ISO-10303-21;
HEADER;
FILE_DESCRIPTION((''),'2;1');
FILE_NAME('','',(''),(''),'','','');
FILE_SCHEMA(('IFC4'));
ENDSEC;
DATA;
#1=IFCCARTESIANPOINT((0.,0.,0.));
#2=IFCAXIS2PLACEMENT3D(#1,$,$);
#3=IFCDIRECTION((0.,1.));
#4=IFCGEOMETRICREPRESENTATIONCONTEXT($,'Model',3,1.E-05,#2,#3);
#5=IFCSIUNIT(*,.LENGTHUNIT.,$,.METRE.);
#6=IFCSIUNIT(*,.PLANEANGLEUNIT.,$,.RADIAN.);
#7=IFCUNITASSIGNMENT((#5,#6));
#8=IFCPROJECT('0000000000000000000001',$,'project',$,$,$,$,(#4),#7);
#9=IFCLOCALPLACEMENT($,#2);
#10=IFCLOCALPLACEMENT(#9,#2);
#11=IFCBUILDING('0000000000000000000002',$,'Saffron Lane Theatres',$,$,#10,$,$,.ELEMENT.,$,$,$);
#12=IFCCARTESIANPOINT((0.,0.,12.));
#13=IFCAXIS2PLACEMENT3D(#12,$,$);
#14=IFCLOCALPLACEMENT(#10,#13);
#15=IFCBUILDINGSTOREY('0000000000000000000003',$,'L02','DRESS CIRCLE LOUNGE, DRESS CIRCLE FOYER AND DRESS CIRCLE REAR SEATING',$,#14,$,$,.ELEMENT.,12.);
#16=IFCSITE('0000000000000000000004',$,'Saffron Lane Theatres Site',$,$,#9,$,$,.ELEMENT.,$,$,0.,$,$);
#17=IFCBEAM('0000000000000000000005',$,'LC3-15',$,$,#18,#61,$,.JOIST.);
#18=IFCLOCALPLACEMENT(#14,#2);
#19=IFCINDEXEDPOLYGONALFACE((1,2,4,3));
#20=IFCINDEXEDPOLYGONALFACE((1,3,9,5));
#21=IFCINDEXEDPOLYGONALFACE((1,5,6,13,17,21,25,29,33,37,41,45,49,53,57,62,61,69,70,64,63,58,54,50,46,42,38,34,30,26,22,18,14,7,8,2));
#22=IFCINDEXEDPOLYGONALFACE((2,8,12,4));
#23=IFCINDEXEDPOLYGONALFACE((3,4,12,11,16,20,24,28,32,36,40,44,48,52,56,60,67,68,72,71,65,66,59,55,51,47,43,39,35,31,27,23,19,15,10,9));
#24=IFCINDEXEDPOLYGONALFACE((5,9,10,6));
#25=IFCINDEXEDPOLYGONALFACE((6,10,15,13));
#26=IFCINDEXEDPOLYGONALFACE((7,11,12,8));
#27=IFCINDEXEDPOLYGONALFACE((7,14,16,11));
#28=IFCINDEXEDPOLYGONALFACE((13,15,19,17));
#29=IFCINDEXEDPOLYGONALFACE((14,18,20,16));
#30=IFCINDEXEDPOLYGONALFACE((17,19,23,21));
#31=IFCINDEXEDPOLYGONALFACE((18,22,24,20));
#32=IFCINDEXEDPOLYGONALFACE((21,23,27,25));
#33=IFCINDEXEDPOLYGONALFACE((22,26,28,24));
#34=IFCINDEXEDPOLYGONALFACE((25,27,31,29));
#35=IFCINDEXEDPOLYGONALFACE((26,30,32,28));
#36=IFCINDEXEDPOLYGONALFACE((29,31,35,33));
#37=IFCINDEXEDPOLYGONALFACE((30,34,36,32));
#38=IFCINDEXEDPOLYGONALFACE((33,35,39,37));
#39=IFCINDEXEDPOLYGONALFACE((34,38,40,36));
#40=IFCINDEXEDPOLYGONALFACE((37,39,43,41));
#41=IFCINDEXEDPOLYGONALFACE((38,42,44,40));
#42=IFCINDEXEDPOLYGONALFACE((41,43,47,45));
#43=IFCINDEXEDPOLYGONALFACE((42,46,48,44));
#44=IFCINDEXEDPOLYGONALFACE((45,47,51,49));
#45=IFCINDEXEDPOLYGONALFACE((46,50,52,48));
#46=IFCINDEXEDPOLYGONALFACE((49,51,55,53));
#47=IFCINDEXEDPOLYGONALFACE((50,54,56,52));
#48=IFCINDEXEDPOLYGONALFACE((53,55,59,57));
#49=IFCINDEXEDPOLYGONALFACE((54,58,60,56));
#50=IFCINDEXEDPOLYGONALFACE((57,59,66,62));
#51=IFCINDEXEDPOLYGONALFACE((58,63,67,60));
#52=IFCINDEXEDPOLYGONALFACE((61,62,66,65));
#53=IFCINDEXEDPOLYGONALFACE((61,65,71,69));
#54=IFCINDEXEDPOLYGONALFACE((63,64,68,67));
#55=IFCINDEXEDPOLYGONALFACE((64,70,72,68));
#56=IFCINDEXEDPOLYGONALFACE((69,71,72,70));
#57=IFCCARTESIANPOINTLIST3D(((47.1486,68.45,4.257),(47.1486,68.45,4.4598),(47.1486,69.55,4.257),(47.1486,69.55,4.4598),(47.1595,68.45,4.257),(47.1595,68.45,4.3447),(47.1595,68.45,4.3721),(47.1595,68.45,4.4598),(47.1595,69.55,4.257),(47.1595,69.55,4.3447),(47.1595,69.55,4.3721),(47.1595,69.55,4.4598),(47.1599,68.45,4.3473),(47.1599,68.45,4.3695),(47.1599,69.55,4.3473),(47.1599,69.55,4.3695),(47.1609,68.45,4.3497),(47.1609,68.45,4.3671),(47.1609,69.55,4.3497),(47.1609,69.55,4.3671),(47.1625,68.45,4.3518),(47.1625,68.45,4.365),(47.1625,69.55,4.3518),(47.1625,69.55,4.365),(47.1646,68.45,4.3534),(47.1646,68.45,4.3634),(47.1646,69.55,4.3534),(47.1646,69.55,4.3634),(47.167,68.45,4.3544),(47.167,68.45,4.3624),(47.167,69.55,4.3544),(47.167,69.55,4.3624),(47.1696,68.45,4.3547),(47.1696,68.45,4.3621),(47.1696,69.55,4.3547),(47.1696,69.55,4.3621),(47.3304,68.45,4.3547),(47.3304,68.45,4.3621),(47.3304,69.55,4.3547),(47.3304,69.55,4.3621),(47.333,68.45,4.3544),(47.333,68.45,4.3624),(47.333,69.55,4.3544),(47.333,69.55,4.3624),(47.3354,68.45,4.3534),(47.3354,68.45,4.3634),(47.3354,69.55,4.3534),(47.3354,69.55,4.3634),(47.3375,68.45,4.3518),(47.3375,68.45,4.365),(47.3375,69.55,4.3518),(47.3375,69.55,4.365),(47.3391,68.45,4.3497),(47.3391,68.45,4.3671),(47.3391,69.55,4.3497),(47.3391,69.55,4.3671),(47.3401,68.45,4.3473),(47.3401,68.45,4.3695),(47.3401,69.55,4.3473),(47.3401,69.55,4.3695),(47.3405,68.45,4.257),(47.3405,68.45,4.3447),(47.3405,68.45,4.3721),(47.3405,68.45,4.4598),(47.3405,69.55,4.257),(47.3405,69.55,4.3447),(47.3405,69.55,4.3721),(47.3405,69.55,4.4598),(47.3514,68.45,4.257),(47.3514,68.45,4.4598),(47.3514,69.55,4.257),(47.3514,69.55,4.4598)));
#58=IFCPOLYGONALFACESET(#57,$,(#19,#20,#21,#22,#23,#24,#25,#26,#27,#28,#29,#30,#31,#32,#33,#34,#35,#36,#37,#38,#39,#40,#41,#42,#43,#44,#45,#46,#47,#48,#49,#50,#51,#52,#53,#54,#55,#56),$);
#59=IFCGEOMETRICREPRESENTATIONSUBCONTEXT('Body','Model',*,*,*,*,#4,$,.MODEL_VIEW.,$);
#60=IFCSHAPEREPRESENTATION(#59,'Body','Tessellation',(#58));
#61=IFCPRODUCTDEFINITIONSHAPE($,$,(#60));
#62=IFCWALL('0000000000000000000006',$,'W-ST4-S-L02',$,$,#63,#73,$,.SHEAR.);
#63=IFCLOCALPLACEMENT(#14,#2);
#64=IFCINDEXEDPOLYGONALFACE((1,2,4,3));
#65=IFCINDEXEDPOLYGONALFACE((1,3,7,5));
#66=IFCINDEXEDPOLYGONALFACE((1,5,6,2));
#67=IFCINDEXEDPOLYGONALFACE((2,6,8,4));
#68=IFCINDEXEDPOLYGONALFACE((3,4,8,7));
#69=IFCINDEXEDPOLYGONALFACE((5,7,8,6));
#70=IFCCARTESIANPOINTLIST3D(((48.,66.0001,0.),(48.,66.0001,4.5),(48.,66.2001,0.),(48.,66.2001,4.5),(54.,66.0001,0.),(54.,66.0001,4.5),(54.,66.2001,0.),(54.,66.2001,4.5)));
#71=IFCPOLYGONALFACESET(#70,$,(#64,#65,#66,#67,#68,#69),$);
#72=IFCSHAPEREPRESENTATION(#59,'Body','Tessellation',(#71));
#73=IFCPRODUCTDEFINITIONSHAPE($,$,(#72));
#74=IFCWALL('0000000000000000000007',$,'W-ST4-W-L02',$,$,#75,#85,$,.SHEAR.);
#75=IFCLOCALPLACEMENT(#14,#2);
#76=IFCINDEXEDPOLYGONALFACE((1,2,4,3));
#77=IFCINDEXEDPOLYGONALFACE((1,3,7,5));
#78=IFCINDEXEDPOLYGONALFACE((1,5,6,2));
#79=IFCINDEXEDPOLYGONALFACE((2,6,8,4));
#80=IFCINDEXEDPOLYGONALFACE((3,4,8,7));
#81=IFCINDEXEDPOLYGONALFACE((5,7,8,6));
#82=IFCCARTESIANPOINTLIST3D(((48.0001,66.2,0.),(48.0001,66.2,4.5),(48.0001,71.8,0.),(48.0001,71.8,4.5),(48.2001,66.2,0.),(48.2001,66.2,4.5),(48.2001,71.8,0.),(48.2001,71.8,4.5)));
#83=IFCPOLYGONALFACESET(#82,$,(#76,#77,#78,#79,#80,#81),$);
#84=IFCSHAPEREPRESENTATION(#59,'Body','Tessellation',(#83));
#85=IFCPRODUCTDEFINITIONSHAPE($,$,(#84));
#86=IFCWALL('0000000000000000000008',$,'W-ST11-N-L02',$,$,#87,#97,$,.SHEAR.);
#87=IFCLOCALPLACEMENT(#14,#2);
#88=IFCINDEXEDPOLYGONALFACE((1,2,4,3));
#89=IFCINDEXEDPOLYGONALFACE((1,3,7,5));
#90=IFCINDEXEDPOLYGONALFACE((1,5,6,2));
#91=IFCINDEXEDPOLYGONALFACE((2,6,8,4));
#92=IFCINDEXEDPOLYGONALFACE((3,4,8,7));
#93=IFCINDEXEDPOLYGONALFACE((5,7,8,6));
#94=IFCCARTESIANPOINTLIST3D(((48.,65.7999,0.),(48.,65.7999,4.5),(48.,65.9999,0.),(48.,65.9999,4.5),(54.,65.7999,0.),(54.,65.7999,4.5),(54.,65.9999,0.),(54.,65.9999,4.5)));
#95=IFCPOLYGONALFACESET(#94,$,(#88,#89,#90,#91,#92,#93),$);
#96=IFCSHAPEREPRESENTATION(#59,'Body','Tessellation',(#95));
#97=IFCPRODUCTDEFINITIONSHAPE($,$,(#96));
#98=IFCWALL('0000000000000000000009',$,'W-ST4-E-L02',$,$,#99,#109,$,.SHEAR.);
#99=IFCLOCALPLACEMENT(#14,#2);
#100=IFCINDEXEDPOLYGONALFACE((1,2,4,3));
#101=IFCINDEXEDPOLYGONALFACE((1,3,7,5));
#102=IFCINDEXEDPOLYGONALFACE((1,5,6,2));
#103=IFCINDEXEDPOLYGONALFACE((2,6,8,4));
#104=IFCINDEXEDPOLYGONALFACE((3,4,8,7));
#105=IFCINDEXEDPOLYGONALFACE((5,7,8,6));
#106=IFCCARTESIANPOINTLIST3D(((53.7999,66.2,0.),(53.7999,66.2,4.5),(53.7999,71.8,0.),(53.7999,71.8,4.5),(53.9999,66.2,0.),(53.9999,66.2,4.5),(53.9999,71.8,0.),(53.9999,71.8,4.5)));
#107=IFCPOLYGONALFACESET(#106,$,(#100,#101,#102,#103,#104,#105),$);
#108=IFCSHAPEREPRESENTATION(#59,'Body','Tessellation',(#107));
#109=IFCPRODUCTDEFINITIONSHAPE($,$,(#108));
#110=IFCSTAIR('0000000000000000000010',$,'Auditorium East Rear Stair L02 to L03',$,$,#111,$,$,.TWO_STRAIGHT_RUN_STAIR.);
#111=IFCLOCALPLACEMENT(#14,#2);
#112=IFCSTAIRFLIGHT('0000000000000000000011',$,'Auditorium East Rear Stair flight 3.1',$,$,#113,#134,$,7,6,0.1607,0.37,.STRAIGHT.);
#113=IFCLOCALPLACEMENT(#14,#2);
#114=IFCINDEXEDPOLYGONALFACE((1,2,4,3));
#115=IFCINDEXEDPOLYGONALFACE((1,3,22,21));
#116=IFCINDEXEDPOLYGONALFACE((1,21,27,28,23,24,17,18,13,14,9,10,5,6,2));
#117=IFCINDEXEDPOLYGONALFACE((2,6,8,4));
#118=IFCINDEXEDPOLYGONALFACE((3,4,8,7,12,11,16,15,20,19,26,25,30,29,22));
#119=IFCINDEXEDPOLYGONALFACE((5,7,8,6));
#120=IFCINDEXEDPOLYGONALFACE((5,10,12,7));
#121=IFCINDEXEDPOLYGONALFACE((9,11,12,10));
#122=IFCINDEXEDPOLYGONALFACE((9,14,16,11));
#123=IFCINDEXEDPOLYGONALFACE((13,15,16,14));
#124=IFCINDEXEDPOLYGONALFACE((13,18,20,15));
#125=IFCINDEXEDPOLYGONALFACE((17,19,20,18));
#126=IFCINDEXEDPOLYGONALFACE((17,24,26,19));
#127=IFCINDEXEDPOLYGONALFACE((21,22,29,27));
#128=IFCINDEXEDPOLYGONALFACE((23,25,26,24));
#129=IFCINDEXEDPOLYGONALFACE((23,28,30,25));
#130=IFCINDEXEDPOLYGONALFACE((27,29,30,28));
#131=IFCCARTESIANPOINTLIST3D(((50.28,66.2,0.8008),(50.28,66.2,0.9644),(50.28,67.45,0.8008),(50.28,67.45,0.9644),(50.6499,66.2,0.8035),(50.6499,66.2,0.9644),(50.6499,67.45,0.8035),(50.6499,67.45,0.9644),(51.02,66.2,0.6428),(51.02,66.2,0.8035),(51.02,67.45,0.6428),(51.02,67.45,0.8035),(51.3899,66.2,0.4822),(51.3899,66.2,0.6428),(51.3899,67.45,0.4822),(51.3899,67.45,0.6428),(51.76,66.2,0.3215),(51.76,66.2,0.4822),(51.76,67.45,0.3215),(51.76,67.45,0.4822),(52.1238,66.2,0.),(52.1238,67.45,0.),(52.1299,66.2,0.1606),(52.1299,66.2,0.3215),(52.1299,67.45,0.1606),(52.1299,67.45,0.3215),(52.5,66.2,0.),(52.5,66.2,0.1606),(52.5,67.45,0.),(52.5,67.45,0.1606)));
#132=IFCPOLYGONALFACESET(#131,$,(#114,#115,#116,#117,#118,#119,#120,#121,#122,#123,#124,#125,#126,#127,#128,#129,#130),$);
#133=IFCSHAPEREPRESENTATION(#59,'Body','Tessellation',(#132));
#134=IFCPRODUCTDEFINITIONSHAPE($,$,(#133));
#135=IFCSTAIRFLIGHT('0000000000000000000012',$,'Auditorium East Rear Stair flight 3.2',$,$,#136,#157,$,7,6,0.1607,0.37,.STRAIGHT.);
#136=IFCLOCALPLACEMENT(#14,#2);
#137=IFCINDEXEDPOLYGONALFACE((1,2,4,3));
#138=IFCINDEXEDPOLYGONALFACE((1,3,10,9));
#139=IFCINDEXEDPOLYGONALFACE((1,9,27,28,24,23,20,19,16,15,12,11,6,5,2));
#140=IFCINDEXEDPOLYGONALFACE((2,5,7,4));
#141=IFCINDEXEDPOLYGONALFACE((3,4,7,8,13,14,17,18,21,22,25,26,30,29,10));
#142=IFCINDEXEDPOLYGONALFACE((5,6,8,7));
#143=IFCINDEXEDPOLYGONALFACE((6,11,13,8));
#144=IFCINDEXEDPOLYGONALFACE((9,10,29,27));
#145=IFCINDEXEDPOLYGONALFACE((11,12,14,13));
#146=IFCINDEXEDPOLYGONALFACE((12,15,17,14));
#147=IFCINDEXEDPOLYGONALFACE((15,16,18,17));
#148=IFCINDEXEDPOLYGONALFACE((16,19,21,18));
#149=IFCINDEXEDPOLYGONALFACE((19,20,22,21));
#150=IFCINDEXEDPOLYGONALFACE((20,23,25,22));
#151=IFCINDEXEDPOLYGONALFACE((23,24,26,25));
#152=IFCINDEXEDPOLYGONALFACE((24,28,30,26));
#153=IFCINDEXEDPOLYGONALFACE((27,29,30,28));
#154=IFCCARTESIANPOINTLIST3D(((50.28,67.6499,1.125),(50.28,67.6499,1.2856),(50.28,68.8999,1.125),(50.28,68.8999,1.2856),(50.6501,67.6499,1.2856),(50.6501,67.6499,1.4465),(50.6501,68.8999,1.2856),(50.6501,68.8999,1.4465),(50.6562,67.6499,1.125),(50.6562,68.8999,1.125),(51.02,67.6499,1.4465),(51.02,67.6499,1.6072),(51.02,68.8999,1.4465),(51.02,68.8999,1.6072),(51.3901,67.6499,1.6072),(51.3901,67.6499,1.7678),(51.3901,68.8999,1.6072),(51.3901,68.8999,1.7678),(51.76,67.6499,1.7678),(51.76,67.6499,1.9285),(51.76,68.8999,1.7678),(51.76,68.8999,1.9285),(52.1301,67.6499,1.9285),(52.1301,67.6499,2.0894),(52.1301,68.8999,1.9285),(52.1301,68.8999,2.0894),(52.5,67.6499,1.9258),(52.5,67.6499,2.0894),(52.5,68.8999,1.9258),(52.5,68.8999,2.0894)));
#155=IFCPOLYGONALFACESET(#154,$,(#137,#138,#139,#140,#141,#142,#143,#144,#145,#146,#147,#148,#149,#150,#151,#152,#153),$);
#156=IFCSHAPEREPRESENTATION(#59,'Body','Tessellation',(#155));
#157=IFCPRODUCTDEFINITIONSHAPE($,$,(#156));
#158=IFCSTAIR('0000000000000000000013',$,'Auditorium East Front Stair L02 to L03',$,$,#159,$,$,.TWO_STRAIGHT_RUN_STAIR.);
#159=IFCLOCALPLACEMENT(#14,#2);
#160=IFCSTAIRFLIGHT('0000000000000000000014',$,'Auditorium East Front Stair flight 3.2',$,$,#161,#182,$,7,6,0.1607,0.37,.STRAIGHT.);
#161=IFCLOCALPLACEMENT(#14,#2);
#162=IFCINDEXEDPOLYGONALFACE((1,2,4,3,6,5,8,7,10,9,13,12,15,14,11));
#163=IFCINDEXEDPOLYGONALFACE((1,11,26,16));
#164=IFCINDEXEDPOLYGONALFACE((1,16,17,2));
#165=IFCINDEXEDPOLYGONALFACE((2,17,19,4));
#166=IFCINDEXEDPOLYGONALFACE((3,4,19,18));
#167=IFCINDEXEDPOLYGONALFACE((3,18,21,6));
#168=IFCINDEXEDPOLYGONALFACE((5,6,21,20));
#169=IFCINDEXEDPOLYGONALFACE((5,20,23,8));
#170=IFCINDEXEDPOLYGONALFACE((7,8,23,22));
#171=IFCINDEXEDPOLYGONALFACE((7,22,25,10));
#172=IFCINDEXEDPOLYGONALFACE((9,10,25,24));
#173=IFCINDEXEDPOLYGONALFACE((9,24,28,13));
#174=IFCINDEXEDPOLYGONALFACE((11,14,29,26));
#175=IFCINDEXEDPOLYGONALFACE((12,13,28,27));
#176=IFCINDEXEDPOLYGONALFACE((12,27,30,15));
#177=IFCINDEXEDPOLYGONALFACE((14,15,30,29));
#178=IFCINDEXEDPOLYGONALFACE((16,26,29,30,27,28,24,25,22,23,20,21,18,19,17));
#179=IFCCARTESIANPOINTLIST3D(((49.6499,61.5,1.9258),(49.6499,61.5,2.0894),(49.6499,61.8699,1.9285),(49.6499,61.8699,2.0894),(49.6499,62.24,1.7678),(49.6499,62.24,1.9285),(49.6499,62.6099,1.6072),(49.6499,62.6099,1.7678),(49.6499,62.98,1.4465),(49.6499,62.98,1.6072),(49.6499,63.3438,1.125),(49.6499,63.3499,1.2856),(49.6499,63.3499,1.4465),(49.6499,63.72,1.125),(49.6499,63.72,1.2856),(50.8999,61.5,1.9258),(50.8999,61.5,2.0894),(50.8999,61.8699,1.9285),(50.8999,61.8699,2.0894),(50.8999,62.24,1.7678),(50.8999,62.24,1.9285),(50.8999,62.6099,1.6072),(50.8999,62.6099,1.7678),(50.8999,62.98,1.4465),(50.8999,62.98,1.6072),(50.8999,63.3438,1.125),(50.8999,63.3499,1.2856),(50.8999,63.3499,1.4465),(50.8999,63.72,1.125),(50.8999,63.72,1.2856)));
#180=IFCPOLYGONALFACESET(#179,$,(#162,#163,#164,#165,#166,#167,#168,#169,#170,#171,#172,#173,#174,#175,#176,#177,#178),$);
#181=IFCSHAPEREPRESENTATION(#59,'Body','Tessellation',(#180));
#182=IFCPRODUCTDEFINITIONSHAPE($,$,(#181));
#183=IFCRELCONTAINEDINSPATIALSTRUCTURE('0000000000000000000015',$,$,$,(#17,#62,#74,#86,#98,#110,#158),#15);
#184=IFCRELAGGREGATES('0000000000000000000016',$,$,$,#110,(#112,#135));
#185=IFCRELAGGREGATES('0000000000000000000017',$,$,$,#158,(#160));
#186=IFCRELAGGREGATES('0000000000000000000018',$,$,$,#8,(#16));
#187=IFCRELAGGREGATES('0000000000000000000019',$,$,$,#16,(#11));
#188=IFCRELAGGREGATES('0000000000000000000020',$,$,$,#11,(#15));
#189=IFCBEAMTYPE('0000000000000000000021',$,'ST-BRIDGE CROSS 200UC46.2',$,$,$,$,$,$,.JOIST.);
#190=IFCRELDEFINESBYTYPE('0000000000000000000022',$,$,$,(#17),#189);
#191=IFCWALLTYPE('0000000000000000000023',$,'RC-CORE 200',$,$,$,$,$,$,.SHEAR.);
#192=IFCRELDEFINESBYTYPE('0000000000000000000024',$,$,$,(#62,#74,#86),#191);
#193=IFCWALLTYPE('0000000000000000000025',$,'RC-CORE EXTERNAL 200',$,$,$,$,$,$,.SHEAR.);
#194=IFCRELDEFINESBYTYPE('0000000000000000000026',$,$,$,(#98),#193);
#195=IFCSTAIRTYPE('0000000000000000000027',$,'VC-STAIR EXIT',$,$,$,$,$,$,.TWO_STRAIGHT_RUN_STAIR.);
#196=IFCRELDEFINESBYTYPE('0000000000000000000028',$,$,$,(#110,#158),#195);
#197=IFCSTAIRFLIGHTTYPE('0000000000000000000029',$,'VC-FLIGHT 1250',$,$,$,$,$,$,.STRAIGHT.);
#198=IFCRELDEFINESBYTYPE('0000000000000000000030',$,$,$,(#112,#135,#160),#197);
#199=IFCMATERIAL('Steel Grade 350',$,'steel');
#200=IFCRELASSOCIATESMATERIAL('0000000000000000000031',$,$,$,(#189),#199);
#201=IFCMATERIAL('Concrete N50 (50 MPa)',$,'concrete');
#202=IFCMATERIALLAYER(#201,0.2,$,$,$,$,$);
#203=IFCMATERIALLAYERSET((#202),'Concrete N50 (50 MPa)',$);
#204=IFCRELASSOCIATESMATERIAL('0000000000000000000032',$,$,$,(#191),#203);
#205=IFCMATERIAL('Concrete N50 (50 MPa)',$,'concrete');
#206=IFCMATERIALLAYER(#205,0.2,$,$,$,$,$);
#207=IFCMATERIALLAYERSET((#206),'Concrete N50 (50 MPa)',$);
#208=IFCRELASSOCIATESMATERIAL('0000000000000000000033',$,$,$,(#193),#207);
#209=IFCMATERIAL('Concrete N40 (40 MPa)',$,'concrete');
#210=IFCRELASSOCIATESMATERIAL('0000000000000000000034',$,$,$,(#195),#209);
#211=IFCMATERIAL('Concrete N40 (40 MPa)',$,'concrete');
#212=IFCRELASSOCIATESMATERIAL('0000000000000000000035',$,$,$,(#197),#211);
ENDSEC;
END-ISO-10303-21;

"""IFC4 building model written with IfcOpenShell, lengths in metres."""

from ifc_helpers import new_model, si_unit, direction, frame, frame_2d, origin, origin_2d, place, context, subcontext, project, spatial, polyline, rectangle, i_section, outline, extrude, material, layer, layer_set, material_profile, profile_set, type_object, element, aggregate, save


model = new_model("IFC4")

# Units and contexts
model_context = context("Model", 3, precision=1e-05, world=origin(), true_north=direction((0.0, 1.0)))
body_context = subcontext(model_context, "Body", "Model", "MODEL_VIEW")
ifc_project = project(units=[si_unit("LENGTHUNIT", "METRE"), si_unit("PLANEANGLEUNIT", "RADIAN")], contexts=[model_context])

# Site, building, storey
site_placement = place(None, origin())
site = spatial("IfcSite", under=ifc_project, at=site_placement, Name="Saffron Lane Theatres Site", CompositionType="ELEMENT", RefElevation=0.0)
building_placement = place(site_placement, origin())
building = spatial("IfcBuilding", under=site, at=building_placement, Name="Saffron Lane Theatres", CompositionType="ELEMENT")
storey_placement = place(building_placement, frame((0.0, 0.0, 12.0)))
storey = spatial("IfcBuildingStorey", under=building, at=storey_placement, Name="L02", Description="DRESS CIRCLE LOUNGE, DRESS CIRCLE FOYER AND DRESS CIRCLE REAR SEATING", CompositionType="ELEMENT", Elevation=12.0)

# Beam
ifc_material_1 = material(Name="Steel Grade 350", Category="steel")
ifc_material_profile_1 = material_profile(ifc_material_1, i_section(OverallWidth=0.2029, OverallDepth=0.2029, WebThickness=0.0073, FlangeThickness=0.011, FilletRadius=0.01, at=origin_2d()))
ifc_profile_set_1 = profile_set([ifc_material_profile_1], Name="Steel Grade 350")
beam_type = type_object("IfcBeamType", Name="ST-BRIDGE CROSS 200UC46.2", PredefinedType="JOIST", material=ifc_profile_set_1)
beam_placement = place(storey_placement, frame((47.25, 68.45, 4.3584), z_axis=(0.0, 1.0, 0.0), x_axis=(0.0, 0.0, 1.0)))
element("IfcBeam", 1, at=beam_placement, inside=storey, type_object=beam_type, Name="LC3-15", PredefinedType="JOIST", context=body_context, shape_type="SweptSolid", body=[
    extrude(i_section(OverallWidth=0.2029, OverallDepth=0.2029, WebThickness=0.0073, FlangeThickness=0.011, FilletRadius=0.01, at=origin_2d()), origin(), (0.0, 0.0, 1.0), 1.1001),
])

# Walls
ifc_material_2 = material(Name="Concrete N50 (50 MPa)", Category="concrete")
ifc_layer_1 = layer(ifc_material_2, 0.2)
ifc_layer_set_1 = layer_set([ifc_layer_1], Name="Concrete N50 (50 MPa)")
wall_type_1 = type_object("IfcWallType", Name="RC-CORE 200", PredefinedType="SHEAR", material=ifc_layer_set_1)
wall_1_placement = place(storey_placement, frame((48.0, 66.1001, 0.0), z_axis=(0.0, 0.0, 1.0), x_axis=(1.0, 0.0, 0.0)))
element("IfcWall", 2, at=wall_1_placement, inside=storey, type_object=wall_type_1, Name="W-ST4-S-L02", PredefinedType="SHEAR", context=body_context, shape_type="SweptSolid", body=[
    extrude(rectangle(XDim=6.0, YDim=0.2, at=frame_2d((3.0, 0.0))), origin(), (0.0, 0.0, 1.0), 4.5),
])
wall_2_placement = place(storey_placement, frame((48.1001, 66.2, 0.0), z_axis=(0.0, 0.0, 1.0), x_axis=(0.0, 1.0, 0.0)))
element("IfcWall", 3, at=wall_2_placement, inside=storey, type_object=wall_type_1, Name="W-ST4-W-L02", PredefinedType="SHEAR", context=body_context, shape_type="SweptSolid", body=[
    extrude(rectangle(XDim=5.6001, YDim=0.2, at=frame_2d((2.8, 0.0))), origin(), (0.0, 0.0, 1.0), 4.5),
])
wall_3_placement = place(storey_placement, frame((48.0, 65.8999, 0.0), z_axis=(0.0, 0.0, 1.0), x_axis=(1.0, 0.0, 0.0)))
element("IfcWall", 4, at=wall_3_placement, inside=storey, type_object=wall_type_1, Name="W-ST11-N-L02", PredefinedType="SHEAR", context=body_context, shape_type="SweptSolid", body=[
    extrude(rectangle(XDim=6.0, YDim=0.2, at=frame_2d((3.0, 0.0))), origin(), (0.0, 0.0, 1.0), 4.5),
])
ifc_material_3 = material(Name="Concrete N50 (50 MPa)", Category="concrete")
ifc_layer_2 = layer(ifc_material_3, 0.2)
ifc_layer_set_2 = layer_set([ifc_layer_2], Name="Concrete N50 (50 MPa)")
wall_type_2 = type_object("IfcWallType", Name="RC-CORE EXTERNAL 200", PredefinedType="SHEAR", material=ifc_layer_set_2)
wall_4_placement = place(storey_placement, frame((53.8999, 66.2, 0.0), z_axis=(0.0, 0.0, 1.0), x_axis=(0.0, 1.0, 0.0)))
element("IfcWall", 5, at=wall_4_placement, inside=storey, type_object=wall_type_2, Name="W-ST4-E-L02", PredefinedType="SHEAR", context=body_context, shape_type="SweptSolid", body=[
    extrude(rectangle(XDim=5.6001, YDim=0.2, at=frame_2d((2.8, 0.0))), origin(), (0.0, 0.0, 1.0), 4.5),
])

# Stairs, stair flights
ifc_material_4 = material(Name="Concrete N40 (40 MPa)", Category="concrete")
stair_type = type_object("IfcStairType", Name="VC-STAIR EXIT", PredefinedType="TWO_STRAIGHT_RUN_STAIR", material=ifc_material_4)
stair_1_placement = place(storey_placement, origin())
stair_1 = element("IfcStair", 6, at=stair_1_placement, inside=storey, type_object=stair_type, Name="Auditorium East Rear Stair L02 to L03", PredefinedType="TWO_STRAIGHT_RUN_STAIR")
ifc_material_5 = material(Name="Concrete N40 (40 MPa)", Category="concrete")
stair_flight_type = type_object("IfcStairFlightType", Name="VC-FLIGHT 1250", PredefinedType="STRAIGHT", material=ifc_material_5)
stair_flight_1_placement = place(storey_placement, frame((52.5, 66.825, 0.0), z_axis=(0.0, 0.0, 1.0), x_axis=(-1.0, 0.0, 0.0)))
stair_flight_1 = element("IfcStairFlight", 7, at=stair_flight_1_placement, type_object=stair_flight_type, Name="Auditorium East Rear Stair flight 3.1", NumberOfRisers=7, NumberOfTreads=6, PredefinedType="STRAIGHT", RiserHeight=0.1607, TreadLength=0.37, context=body_context, shape_type="SweptSolid", body=[
    extrude(outline(polyline([(0.0, 0.0), (0.0, 0.1606), (0.3701, 0.1606), (0.3701, 0.3215), (0.74, 0.3215), (0.74, 0.4822), (1.1101, 0.4822), (1.1101, 0.6428), (1.48, 0.6428), (1.48, 0.8035), (1.8501, 0.8035), (1.8501, 0.9644), (2.22, 0.9644), (2.22, 1.125), (2.22, 0.8008), (0.3762, 0.0), (0.0, 0.0)])), frame((0.0, 0.625, 0.0), z_axis=(0.0, -1.0, 0.0), x_axis=(1.0, 0.0, 0.0)), (0.0, 0.0, 1.0), 1.25),
])
stair_flight_2_placement = place(storey_placement, frame((50.28, 68.2749, 1.125), z_axis=(0.0, 0.0, 1.0), x_axis=(1.0, 0.0, 0.0)))
stair_flight_2 = element("IfcStairFlight", 8, at=stair_flight_2_placement, type_object=stair_flight_type, Name="Auditorium East Rear Stair flight 3.2", NumberOfRisers=7, NumberOfTreads=6, PredefinedType="STRAIGHT", RiserHeight=0.1607, TreadLength=0.37, context=body_context, shape_type="SweptSolid", body=[
    extrude(outline(polyline([(0.0, 0.0), (0.0, 0.1606), (0.3701, 0.1606), (0.3701, 0.3215), (0.74, 0.3215), (0.74, 0.4822), (1.1101, 0.4822), (1.1101, 0.6428), (1.48, 0.6428), (1.48, 0.8035), (1.8501, 0.8035), (1.8501, 0.9644), (2.22, 0.9644), (2.22, 1.125), (2.22, 0.8008), (0.3762, 0.0), (0.0, 0.0)])), frame((0.0, 0.625, 0.0), z_axis=(0.0, -1.0, 0.0), x_axis=(1.0, 0.0, 0.0)), (0.0, 0.0, 1.0), 1.25),
])
aggregate(stair_1, [stair_flight_1, stair_flight_2])
stair_2_placement = place(storey_placement, origin())
stair_2 = element("IfcStair", 9, at=stair_2_placement, inside=storey, type_object=stair_type, Name="Auditorium East Front Stair L02 to L03", PredefinedType="TWO_STRAIGHT_RUN_STAIR")
stair_flight_3_placement = place(storey_placement, frame((50.2749, 63.72, 1.125), z_axis=(0.0, 0.0, 1.0), x_axis=(0.0, -1.0, 0.0)))
stair_flight_3 = element("IfcStairFlight", 10, at=stair_flight_3_placement, type_object=stair_flight_type, Name="Auditorium East Front Stair flight 3.2", NumberOfRisers=7, NumberOfTreads=6, PredefinedType="STRAIGHT", RiserHeight=0.1607, TreadLength=0.37, context=body_context, shape_type="SweptSolid", body=[
    extrude(outline(polyline([(0.0, 0.0), (0.0, 0.1606), (0.3701, 0.1606), (0.3701, 0.3215), (0.74, 0.3215), (0.74, 0.4822), (1.1101, 0.4822), (1.1101, 0.6428), (1.48, 0.6428), (1.48, 0.8035), (1.8501, 0.8035), (1.8501, 0.9644), (2.22, 0.9644), (2.22, 1.125), (2.22, 0.8008), (0.3762, 0.0), (0.0, 0.0)])), frame((0.0, 0.625, 0.0), z_axis=(0.0, -1.0, 0.0), x_axis=(1.0, 0.0, 0.0)), (0.0, 0.0, 1.0), 1.25),
])
aggregate(stair_2, [stair_flight_3])

save(model, "model.ifc")
